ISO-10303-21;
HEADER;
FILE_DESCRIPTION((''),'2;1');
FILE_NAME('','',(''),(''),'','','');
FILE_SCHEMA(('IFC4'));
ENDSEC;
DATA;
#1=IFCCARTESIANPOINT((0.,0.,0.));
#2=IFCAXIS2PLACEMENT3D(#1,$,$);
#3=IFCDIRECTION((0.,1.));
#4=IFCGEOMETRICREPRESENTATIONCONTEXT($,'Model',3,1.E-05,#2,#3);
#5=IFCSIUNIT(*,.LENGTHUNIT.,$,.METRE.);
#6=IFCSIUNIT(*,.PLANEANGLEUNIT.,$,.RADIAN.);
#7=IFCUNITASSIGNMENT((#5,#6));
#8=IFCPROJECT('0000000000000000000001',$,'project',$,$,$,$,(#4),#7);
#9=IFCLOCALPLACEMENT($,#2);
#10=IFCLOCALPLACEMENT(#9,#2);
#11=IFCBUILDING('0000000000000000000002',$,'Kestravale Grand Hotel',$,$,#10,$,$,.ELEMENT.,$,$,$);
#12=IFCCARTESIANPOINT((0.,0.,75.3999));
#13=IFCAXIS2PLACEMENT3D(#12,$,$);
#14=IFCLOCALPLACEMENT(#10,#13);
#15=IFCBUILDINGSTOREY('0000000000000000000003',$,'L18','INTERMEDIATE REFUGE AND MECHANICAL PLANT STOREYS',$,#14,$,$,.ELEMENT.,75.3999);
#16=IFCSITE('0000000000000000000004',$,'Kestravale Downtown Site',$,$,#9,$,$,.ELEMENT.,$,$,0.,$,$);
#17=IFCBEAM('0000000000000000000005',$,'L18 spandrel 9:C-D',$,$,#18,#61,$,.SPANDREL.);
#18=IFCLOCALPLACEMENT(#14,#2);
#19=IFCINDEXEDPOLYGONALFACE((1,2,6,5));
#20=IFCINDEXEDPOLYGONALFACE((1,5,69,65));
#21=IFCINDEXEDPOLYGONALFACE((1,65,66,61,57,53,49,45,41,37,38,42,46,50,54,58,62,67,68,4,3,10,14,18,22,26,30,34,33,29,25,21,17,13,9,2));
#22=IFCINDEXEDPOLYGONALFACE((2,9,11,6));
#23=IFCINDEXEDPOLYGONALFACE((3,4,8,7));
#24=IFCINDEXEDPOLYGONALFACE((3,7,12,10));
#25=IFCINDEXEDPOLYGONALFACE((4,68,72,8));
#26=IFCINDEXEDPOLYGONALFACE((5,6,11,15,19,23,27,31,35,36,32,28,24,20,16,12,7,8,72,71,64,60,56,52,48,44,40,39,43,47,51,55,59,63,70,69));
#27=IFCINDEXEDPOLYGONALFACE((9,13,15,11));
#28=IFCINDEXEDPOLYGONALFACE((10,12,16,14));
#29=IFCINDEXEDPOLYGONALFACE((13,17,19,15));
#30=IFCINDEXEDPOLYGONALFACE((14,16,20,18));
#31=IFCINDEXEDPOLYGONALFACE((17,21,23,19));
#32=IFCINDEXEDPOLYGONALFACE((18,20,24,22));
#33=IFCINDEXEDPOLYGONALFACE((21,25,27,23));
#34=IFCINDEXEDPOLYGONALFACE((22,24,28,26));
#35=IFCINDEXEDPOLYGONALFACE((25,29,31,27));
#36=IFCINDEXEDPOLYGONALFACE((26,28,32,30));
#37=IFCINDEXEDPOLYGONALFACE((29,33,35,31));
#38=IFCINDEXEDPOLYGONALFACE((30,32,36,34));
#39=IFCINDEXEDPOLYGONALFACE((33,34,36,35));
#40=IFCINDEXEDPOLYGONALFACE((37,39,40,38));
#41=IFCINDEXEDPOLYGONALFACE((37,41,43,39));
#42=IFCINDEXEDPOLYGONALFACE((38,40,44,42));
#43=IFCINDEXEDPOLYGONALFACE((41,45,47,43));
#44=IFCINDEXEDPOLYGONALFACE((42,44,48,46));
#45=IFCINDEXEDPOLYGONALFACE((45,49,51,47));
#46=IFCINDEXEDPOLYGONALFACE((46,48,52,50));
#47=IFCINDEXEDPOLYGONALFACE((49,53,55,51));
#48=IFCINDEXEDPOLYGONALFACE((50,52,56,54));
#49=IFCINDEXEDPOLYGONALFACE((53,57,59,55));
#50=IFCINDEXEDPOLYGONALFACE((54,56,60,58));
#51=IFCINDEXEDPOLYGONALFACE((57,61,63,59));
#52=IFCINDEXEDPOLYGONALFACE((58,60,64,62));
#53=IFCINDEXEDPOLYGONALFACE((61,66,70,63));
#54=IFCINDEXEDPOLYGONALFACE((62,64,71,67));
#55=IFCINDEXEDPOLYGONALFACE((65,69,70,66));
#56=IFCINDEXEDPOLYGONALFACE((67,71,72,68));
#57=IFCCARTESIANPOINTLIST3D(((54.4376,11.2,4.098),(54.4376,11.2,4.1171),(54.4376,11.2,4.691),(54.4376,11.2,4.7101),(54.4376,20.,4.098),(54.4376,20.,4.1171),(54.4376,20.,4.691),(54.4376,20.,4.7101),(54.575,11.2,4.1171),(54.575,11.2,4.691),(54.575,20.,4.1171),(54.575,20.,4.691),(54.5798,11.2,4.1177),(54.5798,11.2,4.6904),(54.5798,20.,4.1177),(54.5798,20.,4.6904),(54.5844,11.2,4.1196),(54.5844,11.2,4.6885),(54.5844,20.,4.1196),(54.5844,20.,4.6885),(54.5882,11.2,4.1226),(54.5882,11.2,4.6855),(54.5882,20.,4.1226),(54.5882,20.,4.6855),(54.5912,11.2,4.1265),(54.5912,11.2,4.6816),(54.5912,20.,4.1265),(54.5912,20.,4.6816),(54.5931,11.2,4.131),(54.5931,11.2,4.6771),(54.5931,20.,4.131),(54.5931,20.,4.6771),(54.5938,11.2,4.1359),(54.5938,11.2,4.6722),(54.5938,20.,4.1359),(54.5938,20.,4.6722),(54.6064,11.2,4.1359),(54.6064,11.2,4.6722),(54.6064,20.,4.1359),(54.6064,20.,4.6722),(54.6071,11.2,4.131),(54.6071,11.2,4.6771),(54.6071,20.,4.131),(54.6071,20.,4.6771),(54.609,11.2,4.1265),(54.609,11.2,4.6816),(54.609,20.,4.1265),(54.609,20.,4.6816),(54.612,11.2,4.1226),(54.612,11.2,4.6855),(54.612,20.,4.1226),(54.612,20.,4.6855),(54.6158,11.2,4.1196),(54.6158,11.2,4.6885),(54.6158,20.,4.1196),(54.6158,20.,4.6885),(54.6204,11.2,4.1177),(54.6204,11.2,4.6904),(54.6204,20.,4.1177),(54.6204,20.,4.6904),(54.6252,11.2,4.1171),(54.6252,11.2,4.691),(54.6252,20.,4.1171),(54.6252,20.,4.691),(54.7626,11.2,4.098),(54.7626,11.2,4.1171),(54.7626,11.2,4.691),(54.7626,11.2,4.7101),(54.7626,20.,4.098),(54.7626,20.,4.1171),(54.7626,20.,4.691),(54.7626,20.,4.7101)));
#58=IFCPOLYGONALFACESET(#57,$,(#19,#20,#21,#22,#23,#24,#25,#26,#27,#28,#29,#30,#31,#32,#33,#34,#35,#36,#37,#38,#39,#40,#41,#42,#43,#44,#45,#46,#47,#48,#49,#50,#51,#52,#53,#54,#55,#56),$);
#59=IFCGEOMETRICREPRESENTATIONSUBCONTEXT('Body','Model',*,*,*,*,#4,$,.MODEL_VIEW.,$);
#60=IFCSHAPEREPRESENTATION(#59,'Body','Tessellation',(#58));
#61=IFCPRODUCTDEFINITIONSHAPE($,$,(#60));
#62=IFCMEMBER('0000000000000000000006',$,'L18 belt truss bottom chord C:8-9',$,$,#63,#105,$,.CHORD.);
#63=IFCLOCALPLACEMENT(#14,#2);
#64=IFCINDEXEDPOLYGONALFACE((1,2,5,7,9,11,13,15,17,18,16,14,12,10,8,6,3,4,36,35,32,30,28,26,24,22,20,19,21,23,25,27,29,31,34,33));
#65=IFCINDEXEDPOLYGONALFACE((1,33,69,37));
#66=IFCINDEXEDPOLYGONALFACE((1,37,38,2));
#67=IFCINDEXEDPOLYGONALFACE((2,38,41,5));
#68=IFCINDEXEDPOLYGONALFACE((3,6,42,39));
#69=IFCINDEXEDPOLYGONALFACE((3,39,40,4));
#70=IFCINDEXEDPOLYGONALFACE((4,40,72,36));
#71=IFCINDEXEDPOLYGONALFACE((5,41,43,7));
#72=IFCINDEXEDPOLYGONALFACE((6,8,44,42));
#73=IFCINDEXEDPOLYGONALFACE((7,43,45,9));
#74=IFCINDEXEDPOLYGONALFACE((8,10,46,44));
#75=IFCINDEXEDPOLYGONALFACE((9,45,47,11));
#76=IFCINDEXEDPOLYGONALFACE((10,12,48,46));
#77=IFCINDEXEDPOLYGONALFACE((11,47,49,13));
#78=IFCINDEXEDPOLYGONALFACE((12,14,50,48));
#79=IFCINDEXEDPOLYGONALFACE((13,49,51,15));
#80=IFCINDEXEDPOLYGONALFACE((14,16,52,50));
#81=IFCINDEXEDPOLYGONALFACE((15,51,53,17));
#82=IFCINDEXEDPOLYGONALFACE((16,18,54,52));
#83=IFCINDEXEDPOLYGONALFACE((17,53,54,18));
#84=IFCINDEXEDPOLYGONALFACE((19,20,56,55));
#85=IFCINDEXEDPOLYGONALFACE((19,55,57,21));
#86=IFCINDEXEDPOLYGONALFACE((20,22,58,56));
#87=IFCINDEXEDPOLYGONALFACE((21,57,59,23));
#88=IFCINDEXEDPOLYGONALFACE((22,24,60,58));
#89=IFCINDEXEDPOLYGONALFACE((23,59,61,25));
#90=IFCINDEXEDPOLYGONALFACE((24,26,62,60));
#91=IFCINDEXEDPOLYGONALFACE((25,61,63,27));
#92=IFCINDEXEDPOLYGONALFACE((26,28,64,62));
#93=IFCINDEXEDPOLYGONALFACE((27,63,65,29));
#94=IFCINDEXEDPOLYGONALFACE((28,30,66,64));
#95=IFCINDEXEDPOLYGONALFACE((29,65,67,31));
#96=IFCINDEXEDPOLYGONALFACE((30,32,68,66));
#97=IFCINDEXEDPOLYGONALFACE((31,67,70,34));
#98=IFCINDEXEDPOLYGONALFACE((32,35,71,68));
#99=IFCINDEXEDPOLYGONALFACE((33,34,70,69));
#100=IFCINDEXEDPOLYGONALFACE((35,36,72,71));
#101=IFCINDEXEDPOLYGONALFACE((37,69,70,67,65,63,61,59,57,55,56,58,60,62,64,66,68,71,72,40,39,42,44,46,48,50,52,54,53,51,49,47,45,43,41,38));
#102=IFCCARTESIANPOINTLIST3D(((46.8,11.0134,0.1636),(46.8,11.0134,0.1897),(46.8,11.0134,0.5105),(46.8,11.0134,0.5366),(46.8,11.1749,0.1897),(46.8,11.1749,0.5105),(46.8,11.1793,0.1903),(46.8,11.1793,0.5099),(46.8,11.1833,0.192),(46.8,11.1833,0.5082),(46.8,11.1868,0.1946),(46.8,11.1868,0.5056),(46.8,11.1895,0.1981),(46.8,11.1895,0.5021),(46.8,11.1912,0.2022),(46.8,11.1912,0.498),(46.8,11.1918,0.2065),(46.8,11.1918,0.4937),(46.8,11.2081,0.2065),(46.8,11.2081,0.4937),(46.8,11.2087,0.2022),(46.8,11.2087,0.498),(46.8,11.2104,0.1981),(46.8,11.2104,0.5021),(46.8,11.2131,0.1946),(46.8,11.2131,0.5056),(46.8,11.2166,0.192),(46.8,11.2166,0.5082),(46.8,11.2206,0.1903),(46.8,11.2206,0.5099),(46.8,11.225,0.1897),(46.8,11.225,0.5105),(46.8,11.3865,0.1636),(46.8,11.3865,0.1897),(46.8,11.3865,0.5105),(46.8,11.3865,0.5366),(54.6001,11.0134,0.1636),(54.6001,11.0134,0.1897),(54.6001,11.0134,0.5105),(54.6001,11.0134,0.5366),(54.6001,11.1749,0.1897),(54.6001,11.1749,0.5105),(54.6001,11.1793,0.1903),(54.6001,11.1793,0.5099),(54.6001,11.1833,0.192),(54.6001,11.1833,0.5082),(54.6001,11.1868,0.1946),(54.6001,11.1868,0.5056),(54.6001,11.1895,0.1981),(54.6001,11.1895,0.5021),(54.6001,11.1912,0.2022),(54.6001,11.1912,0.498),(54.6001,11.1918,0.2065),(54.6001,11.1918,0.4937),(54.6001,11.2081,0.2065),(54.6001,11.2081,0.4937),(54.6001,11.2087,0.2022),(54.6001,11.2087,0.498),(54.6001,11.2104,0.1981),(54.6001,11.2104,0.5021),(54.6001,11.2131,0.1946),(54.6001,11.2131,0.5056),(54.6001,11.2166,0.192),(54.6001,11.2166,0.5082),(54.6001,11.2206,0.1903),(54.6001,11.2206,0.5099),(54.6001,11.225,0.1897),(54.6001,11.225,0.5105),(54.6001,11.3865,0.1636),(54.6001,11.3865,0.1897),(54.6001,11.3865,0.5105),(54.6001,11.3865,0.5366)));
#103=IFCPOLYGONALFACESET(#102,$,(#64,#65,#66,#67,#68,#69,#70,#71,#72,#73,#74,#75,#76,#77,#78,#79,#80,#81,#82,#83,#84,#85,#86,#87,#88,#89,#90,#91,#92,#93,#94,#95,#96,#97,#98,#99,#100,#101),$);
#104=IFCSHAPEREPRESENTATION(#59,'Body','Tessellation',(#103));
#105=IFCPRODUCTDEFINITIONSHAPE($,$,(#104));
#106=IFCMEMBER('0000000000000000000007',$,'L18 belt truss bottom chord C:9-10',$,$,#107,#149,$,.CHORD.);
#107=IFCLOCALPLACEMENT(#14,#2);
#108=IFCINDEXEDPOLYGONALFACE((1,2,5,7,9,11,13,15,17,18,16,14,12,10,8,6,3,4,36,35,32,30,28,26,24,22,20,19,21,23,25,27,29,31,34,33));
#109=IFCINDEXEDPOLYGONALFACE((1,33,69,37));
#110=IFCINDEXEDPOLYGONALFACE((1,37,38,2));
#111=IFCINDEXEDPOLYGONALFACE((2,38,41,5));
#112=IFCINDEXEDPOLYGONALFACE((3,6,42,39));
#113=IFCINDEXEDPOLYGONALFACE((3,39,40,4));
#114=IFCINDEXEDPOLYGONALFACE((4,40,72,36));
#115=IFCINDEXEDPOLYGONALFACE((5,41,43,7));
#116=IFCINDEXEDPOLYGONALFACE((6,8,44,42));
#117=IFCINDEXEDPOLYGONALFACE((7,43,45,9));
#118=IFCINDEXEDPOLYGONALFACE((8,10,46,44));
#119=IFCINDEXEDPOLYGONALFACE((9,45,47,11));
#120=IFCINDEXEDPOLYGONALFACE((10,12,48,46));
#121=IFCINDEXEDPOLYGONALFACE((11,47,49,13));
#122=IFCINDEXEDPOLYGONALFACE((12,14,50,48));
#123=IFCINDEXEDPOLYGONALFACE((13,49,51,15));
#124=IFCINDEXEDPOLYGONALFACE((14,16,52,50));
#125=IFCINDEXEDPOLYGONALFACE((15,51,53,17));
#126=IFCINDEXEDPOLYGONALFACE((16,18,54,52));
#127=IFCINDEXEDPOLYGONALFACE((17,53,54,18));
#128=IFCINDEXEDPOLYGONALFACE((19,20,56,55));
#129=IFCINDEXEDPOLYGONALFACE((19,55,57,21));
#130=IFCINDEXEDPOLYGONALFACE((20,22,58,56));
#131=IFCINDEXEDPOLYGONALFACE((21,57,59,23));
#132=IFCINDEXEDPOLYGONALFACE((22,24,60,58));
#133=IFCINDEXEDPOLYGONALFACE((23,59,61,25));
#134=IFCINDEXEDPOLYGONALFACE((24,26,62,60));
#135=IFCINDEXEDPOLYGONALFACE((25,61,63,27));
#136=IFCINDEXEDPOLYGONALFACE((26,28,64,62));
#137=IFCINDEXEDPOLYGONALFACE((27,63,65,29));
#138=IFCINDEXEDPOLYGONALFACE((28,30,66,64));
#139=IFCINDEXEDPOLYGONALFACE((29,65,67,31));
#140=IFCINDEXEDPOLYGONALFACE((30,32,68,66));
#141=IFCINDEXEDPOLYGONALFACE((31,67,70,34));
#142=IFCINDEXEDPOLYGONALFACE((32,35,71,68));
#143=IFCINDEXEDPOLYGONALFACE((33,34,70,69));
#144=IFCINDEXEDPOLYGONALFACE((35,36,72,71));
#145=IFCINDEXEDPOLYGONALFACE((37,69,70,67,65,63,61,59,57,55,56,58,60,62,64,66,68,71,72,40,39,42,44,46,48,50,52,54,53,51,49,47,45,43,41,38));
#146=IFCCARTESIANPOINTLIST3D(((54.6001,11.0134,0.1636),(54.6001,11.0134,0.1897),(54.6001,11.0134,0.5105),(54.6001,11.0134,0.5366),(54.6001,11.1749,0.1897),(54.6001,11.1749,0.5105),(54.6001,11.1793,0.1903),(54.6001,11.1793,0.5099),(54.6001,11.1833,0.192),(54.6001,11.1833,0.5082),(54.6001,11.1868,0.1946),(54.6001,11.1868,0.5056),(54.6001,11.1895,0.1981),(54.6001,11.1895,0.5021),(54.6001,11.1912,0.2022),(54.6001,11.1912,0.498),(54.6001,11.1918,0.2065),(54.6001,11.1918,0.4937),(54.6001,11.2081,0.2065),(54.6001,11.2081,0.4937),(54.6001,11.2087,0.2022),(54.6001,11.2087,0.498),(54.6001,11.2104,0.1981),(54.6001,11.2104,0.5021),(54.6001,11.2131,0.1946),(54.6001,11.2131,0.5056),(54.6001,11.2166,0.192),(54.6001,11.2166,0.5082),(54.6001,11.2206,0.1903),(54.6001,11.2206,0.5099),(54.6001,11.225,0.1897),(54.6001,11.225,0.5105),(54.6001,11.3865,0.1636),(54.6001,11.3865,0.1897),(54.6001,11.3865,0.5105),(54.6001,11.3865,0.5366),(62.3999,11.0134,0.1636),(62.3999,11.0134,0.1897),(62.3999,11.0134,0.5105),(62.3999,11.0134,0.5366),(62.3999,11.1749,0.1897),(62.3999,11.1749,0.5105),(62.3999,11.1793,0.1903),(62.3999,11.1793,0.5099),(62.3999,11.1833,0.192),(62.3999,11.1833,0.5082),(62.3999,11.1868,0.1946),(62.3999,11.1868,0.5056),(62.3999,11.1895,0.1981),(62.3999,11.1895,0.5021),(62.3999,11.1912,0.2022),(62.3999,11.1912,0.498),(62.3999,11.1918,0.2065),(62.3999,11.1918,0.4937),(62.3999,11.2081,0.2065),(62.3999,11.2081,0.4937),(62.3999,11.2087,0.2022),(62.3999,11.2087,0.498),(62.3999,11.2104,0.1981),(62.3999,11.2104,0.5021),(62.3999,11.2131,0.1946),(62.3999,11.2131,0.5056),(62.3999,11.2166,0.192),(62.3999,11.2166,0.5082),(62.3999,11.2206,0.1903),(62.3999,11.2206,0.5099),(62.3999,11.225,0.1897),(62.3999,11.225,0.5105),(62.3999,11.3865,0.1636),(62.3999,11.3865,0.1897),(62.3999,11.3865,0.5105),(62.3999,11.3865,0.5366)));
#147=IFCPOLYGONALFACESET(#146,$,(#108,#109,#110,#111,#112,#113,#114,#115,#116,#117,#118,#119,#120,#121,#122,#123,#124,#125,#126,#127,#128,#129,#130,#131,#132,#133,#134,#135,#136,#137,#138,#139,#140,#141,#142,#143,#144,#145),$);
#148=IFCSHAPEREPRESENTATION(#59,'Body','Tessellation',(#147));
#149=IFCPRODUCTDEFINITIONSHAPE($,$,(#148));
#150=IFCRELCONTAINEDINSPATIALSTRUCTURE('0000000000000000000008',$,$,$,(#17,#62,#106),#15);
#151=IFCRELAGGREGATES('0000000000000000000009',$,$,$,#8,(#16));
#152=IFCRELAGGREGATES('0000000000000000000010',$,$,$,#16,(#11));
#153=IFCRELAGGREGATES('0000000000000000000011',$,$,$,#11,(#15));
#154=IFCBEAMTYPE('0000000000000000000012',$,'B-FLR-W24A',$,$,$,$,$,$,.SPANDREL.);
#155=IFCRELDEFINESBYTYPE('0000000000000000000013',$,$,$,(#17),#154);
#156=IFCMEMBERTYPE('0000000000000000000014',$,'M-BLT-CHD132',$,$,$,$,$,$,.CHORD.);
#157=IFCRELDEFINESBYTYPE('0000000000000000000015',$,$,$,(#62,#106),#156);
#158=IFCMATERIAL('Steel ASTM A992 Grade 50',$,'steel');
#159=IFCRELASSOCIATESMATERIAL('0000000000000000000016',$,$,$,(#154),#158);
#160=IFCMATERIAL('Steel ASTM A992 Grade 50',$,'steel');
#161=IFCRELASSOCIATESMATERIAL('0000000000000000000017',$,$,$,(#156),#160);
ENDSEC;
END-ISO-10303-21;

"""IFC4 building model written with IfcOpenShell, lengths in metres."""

from ifc_helpers import new_model, si_unit, direction, frame, origin, origin_2d, place, context, subcontext, project, spatial, i_section, extrude, material, material_profile, profile_set, type_object, element, save


model = new_model("IFC4")

# Units and contexts
model_context = context("Model", 3, precision=1e-05, world=origin(), true_north=direction((0.0, 1.0)))
body_context = subcontext(model_context, "Body", "Model", "MODEL_VIEW")
ifc_project = project(units=[si_unit("LENGTHUNIT", "METRE"), si_unit("PLANEANGLEUNIT", "RADIAN")], contexts=[model_context])

# Site, building, storey
site_placement = place(None, origin())
site = spatial("IfcSite", under=ifc_project, at=site_placement, Name="Kestravale Downtown Site", CompositionType="ELEMENT", RefElevation=0.0)
building_placement = place(site_placement, origin())
building = spatial("IfcBuilding", under=site, at=building_placement, Name="Kestravale Grand Hotel", CompositionType="ELEMENT")
storey_placement = place(building_placement, frame((0.0, 0.0, 75.3999)))
storey = spatial("IfcBuildingStorey", under=building, at=storey_placement, Name="L18", Description="INTERMEDIATE REFUGE AND MECHANICAL PLANT STOREYS", CompositionType="ELEMENT", Elevation=75.3999)

# Beam
ifc_material_1 = material(Name="Steel ASTM A992 Grade 50", Category="steel")
ifc_material_profile_1 = material_profile(ifc_material_1, i_section(OverallWidth=0.325, OverallDepth=0.6121, WebThickness=0.0127, FlangeThickness=0.019, FilletRadius=0.0188, at=origin_2d()))
ifc_profile_set_1 = profile_set([ifc_material_profile_1], Name="Steel ASTM A992 Grade 50")
beam_type_1 = type_object("IfcBeamType", Name="B-FLR-W24A", PredefinedType="SPANDREL", material=ifc_profile_set_1)
beam_1_placement = place(storey_placement, frame((54.6001, 11.2, 4.4041), z_axis=(0.0, 1.0, 0.0), x_axis=(-1.0, 0.0, 0.0)))
element("IfcBeam", 1, at=beam_1_placement, inside=storey, type_object=beam_type_1, Name="L18 spandrel 9:C-D", PredefinedType="SPANDREL", context=body_context, shape_type="SweptSolid", body=[
    extrude(i_section(OverallWidth=0.325, OverallDepth=0.6121, WebThickness=0.0127, FlangeThickness=0.019, FilletRadius=0.0188, at=origin_2d()), origin(), (0.0, 0.0, 1.0), 8.8),
])

# Members
ifc_material_2 = material(Name="Steel ASTM A992 Grade 50", Category="steel")
ifc_material_profile_2 = material_profile(ifc_material_2, i_section(OverallWidth=0.373, OverallDepth=0.373, WebThickness=0.0164, FlangeThickness=0.0261, FilletRadius=0.0168, at=origin_2d()))
ifc_profile_set_2 = profile_set([ifc_material_profile_2], Name="Steel ASTM A992 Grade 50")
member_type_1 = type_object("IfcMemberType", Name="M-BLT-CHD132", PredefinedType="CHORD", material=ifc_profile_set_2)
member_1_placement = place(storey_placement, frame((46.8, 11.2, 0.3501), z_axis=(1.0, 0.0, 0.0), x_axis=(0.0, 1.0, 0.0)))
element("IfcMember", 2, at=member_1_placement, inside=storey, type_object=member_type_1, Name="L18 belt truss bottom chord C:8-9", PredefinedType="CHORD", context=body_context, shape_type="SweptSolid", body=[
    extrude(i_section(OverallWidth=0.373, OverallDepth=0.373, WebThickness=0.0164, FlangeThickness=0.0261, FilletRadius=0.0168, at=origin_2d()), origin(), (0.0, 0.0, 1.0), 7.8),
])
member_2_placement = place(storey_placement, frame((54.6001, 11.2, 0.3501), z_axis=(1.0, 0.0, 0.0), x_axis=(0.0, 1.0, 0.0)))
element("IfcMember", 3, at=member_2_placement, inside=storey, type_object=member_type_1, Name="L18 belt truss bottom chord C:9-10", PredefinedType="CHORD", context=body_context, shape_type="SweptSolid", body=[
    extrude(i_section(OverallWidth=0.373, OverallDepth=0.373, WebThickness=0.0164, FlangeThickness=0.0261, FilletRadius=0.0168, at=origin_2d()), origin(), (0.0, 0.0, 1.0), 7.7998),
])

save(model, "model.ifc")
